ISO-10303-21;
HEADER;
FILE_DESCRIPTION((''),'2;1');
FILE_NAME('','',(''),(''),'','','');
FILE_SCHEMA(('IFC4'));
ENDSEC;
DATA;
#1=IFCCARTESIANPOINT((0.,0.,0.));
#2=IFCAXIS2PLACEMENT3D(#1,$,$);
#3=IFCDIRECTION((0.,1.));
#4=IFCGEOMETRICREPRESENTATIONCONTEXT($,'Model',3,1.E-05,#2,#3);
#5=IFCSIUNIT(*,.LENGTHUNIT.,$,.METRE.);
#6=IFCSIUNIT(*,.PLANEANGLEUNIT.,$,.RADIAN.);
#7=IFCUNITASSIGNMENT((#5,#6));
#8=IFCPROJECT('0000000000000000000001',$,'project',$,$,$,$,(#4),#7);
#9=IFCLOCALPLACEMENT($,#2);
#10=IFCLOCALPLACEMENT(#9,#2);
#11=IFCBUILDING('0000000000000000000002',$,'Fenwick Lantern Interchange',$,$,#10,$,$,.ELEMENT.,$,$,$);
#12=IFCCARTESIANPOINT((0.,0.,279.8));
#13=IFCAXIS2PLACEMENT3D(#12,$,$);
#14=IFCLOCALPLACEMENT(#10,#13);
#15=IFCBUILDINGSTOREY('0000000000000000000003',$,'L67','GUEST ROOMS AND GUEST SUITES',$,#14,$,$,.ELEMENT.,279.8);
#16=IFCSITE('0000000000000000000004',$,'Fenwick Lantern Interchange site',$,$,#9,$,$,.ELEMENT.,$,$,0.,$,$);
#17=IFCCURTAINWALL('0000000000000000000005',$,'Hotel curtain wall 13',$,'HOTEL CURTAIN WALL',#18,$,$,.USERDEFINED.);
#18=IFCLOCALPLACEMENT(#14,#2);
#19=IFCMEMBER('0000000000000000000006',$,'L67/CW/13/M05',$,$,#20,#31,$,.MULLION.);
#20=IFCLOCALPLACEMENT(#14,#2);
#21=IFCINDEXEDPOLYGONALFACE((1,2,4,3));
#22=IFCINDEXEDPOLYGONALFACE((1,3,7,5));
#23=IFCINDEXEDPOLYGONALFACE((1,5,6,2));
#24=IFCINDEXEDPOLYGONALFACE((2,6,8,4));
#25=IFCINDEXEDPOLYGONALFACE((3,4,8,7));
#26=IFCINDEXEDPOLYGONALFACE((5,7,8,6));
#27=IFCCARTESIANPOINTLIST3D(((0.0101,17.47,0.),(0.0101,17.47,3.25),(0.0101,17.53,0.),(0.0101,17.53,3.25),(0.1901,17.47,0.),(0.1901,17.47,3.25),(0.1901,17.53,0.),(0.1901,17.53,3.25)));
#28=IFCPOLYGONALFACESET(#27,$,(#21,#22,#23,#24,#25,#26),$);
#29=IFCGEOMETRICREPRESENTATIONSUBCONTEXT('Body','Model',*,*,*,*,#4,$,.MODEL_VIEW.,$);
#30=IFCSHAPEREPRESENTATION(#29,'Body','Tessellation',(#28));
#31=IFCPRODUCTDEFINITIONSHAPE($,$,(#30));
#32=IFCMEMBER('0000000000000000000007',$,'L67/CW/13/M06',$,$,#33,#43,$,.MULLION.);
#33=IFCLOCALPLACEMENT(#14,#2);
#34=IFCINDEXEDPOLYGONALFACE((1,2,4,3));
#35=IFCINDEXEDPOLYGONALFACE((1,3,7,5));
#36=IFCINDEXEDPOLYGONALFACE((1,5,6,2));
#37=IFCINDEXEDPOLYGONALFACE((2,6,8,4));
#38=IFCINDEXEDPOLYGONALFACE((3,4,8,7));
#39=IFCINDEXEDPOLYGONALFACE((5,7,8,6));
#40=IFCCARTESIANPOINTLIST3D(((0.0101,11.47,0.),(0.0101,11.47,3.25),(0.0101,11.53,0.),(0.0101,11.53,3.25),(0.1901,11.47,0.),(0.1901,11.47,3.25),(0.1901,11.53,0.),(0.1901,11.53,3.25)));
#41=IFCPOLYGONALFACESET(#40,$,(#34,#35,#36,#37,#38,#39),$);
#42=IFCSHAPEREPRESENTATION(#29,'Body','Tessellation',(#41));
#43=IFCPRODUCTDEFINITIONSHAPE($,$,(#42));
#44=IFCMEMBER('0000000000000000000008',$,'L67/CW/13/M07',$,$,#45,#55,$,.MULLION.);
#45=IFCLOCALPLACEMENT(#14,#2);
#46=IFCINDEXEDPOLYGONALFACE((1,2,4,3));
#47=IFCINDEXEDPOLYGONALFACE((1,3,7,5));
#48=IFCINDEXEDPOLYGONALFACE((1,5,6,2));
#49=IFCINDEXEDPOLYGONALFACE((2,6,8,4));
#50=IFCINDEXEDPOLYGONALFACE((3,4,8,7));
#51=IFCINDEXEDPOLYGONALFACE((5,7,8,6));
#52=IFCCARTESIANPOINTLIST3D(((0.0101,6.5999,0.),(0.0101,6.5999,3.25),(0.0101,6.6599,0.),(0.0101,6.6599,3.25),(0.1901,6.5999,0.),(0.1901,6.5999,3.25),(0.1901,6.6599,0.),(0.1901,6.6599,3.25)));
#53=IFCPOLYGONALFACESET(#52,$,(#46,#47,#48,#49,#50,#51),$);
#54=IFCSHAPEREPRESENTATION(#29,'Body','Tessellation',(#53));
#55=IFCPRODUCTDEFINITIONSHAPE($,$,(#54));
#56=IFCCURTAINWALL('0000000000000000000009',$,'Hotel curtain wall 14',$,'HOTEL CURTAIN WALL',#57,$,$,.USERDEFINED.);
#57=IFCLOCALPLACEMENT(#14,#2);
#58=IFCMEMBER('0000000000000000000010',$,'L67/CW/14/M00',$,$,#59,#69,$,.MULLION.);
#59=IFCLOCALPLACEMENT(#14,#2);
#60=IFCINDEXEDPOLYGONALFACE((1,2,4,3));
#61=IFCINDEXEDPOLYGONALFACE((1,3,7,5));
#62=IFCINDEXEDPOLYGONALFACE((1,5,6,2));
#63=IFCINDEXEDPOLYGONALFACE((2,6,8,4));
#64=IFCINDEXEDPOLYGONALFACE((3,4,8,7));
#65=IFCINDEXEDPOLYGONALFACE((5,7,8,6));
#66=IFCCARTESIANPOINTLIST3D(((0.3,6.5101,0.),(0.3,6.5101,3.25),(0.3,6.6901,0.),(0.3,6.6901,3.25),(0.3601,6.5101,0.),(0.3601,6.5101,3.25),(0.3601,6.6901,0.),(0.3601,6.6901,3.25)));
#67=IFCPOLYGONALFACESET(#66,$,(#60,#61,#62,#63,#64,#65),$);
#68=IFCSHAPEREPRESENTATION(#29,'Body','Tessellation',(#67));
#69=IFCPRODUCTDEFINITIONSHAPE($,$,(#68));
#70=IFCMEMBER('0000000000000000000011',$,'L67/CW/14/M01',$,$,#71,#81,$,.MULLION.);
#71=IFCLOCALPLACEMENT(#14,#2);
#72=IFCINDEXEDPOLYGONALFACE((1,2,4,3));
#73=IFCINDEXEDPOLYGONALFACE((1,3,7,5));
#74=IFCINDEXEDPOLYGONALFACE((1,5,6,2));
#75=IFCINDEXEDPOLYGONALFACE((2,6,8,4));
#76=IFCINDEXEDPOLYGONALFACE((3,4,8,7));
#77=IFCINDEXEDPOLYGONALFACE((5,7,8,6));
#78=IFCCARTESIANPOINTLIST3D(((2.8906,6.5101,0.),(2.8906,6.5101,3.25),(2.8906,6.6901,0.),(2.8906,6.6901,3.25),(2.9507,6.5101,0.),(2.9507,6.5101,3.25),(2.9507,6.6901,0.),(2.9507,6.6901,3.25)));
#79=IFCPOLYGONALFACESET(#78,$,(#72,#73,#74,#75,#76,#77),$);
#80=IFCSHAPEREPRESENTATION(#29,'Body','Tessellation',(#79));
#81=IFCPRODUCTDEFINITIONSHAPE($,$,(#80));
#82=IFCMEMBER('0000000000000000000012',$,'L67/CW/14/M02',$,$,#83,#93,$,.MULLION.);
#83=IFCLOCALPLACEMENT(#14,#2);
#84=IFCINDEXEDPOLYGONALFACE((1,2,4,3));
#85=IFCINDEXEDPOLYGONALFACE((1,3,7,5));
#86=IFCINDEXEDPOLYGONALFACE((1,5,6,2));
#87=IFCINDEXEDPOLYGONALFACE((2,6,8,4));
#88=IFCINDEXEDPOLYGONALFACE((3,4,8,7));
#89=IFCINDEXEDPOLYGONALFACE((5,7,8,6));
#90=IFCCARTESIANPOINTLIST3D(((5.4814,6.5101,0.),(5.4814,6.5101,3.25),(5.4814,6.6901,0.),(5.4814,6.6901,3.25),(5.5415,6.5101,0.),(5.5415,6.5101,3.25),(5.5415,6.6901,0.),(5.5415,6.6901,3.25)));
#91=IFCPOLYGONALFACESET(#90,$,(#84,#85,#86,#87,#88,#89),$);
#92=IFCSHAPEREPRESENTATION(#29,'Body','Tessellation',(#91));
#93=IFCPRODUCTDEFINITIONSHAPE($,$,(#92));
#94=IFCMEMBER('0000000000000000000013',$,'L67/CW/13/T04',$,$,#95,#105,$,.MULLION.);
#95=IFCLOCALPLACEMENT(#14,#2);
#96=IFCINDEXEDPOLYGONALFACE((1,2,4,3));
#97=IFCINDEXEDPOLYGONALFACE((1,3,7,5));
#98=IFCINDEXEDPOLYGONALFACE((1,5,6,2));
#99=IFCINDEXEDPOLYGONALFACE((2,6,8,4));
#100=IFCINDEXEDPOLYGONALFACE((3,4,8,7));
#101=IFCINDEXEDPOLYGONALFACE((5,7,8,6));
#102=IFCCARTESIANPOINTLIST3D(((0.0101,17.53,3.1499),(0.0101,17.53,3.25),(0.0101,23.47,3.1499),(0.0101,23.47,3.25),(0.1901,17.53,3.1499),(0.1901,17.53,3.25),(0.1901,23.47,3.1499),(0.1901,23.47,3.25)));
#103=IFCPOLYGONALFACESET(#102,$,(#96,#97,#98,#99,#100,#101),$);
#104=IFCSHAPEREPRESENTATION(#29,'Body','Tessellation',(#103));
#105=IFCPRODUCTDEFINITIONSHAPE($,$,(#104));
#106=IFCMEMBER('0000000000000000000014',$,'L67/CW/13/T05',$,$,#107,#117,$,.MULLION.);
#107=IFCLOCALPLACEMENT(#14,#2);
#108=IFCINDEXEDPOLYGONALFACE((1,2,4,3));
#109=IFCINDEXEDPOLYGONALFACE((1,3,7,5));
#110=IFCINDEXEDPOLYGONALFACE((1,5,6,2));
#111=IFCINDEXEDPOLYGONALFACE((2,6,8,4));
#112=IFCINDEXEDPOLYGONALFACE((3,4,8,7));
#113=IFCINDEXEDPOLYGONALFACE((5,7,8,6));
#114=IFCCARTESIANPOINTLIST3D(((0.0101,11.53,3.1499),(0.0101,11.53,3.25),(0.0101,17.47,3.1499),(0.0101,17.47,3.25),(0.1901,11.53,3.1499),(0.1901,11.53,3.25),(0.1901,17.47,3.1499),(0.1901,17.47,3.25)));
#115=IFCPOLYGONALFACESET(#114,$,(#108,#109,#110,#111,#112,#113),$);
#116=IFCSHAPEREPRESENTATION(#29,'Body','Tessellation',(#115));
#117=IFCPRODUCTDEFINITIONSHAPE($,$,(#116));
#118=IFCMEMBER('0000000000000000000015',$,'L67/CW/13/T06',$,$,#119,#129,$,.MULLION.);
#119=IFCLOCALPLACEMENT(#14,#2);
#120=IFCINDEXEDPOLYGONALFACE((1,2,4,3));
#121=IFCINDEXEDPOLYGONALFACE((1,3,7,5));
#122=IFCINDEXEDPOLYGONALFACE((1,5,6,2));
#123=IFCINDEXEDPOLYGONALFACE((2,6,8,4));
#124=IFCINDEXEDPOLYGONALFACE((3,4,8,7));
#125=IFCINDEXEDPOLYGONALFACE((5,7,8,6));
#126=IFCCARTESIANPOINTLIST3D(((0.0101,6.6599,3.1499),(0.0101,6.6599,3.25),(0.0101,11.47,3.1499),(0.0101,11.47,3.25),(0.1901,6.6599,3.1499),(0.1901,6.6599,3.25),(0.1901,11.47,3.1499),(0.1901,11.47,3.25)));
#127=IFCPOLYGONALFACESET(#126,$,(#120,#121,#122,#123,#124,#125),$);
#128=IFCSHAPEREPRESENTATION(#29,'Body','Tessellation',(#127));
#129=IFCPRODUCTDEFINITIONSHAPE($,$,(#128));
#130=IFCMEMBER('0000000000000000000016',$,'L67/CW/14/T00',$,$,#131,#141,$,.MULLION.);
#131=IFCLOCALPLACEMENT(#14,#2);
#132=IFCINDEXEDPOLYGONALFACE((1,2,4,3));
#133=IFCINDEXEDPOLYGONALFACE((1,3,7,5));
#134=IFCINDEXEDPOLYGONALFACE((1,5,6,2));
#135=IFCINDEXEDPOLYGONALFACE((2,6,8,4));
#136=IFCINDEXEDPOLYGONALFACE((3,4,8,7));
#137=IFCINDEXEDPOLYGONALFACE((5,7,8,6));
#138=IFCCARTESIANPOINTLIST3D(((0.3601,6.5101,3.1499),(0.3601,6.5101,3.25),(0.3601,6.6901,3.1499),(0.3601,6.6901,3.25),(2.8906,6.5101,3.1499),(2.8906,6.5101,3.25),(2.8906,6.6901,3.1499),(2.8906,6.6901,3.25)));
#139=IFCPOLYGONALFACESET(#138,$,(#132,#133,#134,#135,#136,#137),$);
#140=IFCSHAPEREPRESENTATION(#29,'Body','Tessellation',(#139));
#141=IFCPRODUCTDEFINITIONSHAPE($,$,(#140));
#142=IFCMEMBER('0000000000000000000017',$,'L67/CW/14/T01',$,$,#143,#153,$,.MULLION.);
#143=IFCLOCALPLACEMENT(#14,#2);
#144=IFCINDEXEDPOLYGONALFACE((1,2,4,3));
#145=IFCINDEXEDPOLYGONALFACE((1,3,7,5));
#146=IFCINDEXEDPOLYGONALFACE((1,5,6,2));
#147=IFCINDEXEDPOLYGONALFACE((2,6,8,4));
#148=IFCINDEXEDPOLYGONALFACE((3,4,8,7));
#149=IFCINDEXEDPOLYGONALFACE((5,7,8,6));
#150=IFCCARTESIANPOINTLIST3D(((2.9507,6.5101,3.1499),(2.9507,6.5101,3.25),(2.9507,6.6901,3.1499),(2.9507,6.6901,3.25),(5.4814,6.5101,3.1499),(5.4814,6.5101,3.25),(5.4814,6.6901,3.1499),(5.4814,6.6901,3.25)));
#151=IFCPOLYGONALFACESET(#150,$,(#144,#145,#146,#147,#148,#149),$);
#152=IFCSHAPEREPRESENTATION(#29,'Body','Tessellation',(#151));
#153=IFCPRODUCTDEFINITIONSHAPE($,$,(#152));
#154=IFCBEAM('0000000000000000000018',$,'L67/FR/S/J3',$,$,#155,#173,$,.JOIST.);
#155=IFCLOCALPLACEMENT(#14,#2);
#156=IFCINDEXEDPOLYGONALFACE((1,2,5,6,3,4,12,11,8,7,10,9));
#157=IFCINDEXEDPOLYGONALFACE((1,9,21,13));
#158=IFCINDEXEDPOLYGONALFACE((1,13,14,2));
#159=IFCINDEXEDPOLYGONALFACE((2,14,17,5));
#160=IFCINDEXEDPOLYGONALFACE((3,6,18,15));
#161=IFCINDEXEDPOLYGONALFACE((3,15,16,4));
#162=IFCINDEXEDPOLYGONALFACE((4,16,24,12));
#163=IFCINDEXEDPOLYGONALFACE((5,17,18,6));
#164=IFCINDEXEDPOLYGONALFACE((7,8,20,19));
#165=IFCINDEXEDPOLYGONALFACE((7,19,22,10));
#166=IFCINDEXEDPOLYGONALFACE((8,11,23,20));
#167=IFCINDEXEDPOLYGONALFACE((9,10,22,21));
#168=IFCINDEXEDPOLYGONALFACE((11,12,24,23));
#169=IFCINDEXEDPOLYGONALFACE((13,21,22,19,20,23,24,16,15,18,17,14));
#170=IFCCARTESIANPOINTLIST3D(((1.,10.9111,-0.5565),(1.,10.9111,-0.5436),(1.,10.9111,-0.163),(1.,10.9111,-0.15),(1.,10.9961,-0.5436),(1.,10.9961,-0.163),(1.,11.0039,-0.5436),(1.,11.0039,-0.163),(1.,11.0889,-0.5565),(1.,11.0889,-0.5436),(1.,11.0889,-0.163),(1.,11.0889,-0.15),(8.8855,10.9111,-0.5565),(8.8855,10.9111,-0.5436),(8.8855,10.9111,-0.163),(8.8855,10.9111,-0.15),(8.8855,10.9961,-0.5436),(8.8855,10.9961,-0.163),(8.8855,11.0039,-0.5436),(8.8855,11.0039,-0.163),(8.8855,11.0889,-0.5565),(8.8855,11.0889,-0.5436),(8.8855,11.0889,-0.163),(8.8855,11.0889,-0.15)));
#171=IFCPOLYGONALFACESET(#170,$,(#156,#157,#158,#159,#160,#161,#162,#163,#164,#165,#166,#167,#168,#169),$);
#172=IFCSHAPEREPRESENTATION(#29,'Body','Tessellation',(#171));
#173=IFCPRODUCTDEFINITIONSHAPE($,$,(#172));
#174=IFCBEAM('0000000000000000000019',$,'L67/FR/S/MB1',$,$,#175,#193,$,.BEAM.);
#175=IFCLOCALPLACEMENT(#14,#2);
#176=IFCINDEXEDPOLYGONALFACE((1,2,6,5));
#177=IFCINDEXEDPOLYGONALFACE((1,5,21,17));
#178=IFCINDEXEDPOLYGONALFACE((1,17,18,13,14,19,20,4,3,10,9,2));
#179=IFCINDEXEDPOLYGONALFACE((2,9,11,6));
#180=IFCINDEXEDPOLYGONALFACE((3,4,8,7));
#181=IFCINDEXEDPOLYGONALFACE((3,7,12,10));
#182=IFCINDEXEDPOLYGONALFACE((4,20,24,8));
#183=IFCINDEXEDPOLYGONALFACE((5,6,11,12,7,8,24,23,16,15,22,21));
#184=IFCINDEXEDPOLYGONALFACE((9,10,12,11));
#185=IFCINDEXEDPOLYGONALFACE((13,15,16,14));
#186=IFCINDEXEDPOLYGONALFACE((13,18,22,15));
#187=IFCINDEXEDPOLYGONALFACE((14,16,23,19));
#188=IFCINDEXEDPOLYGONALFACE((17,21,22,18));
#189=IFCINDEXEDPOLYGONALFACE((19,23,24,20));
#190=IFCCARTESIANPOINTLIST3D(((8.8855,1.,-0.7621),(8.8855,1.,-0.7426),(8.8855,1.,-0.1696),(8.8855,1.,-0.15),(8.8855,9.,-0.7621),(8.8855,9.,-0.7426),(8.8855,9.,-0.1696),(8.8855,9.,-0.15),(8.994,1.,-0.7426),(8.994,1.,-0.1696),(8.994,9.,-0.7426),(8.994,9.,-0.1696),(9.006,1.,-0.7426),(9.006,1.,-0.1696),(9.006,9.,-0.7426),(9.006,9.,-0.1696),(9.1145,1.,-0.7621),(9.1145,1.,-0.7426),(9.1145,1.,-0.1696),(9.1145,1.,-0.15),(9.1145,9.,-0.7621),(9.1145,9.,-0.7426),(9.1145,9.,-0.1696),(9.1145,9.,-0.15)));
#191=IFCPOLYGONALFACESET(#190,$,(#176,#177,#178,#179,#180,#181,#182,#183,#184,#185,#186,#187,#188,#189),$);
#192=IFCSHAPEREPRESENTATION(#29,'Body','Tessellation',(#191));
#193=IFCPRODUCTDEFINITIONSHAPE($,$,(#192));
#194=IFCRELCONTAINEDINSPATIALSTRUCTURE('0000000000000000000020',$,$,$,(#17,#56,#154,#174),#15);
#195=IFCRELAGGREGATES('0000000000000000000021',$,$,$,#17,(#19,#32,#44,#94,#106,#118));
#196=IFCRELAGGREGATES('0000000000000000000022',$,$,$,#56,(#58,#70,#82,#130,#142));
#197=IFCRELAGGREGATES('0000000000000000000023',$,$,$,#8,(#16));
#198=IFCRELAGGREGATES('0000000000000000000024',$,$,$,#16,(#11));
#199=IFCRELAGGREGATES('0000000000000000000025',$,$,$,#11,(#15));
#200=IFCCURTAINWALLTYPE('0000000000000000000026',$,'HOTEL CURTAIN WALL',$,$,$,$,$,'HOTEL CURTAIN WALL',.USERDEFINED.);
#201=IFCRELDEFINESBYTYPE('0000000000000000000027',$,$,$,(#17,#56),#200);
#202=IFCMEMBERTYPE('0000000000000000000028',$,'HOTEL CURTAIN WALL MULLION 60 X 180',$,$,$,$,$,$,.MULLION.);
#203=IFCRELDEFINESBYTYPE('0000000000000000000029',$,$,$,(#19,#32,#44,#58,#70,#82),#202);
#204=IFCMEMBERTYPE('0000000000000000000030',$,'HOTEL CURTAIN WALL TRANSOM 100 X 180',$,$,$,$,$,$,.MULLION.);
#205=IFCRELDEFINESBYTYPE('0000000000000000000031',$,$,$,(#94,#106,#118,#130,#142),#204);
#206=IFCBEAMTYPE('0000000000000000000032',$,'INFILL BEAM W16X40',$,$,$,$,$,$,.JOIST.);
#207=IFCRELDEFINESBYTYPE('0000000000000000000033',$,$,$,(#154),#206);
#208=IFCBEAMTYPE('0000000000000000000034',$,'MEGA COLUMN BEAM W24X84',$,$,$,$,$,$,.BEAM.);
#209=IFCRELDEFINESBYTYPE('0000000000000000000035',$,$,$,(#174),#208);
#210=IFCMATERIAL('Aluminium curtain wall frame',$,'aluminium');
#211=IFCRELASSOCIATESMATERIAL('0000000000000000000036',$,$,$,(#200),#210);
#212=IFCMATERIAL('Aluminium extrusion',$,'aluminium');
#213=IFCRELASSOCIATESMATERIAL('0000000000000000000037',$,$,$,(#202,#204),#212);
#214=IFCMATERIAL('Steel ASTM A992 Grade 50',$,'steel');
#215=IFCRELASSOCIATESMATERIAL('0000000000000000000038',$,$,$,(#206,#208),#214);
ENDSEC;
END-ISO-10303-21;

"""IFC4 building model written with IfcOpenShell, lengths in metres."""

from ifc_helpers import new_model, si_unit, direction, frame, origin, origin_2d, place, context, subcontext, project, spatial, rectangle, i_section, extrude, material, material_profile, profile_set, type_object, element, aggregate, save


model = new_model("IFC4")

# Units and contexts
model_context = context("Model", 3, precision=1e-05, world=origin(), true_north=direction((0.0, 1.0)))
body_context = subcontext(model_context, "Body", "Model", "MODEL_VIEW")
ifc_project = project(units=[si_unit("LENGTHUNIT", "METRE"), si_unit("PLANEANGLEUNIT", "RADIAN")], contexts=[model_context])

# Site, building, storey
site_placement = place(None, origin())
site = spatial("IfcSite", under=ifc_project, at=site_placement, Name="Fenwick Lantern Interchange site", CompositionType="ELEMENT", RefElevation=0.0)
building_placement = place(site_placement, origin())
building = spatial("IfcBuilding", under=site, at=building_placement, Name="Fenwick Lantern Interchange", CompositionType="ELEMENT")
storey_placement = place(building_placement, frame((0.0, 0.0, 279.8)))
storey = spatial("IfcBuildingStorey", under=building, at=storey_placement, Name="L67", Description="GUEST ROOMS AND GUEST SUITES", CompositionType="ELEMENT", Elevation=279.8)

# Shared definitions
ifc_material_1 = material(Name="Steel ASTM A992 Grade 50", Category="steel")

# Curtain walls, members
ifc_material_2 = material(Name="Aluminium curtain wall frame", Category="aluminium")
curtain_wall_type = type_object("IfcCurtainWallType", Name="HOTEL CURTAIN WALL", ElementType="HOTEL CURTAIN WALL", PredefinedType="USERDEFINED", material=ifc_material_2)
curtain_wall_1_placement = place(storey_placement, origin())
curtain_wall_1 = element("IfcCurtainWall", 1, at=curtain_wall_1_placement, inside=storey, type_object=curtain_wall_type, Name="Hotel curtain wall 13", ObjectType="HOTEL CURTAIN WALL", PredefinedType="USERDEFINED")
ifc_material_3 = material(Name="Aluminium extrusion", Category="aluminium")
ifc_material_profile_1 = material_profile(ifc_material_3, rectangle(XDim=0.1799, YDim=0.0601, at=origin_2d()), Name="HOTEL CURTAIN WALL MULLION 60 X 180")
ifc_profile_set_1 = profile_set([ifc_material_profile_1], Name="Aluminium extrusion")
member_type_1 = type_object("IfcMemberType", Name="HOTEL CURTAIN WALL MULLION 60 X 180", PredefinedType="MULLION", material=ifc_profile_set_1)
member_1_placement = place(storey_placement, frame((0.1001, 17.5, 0.0), z_axis=(0.0, 0.0, 1.0), x_axis=(1.0, 0.0, 0.0)))
member_1 = element("IfcMember", 2, at=member_1_placement, type_object=member_type_1, Name="L67/CW/13/M05", PredefinedType="MULLION", context=body_context, shape_type="SweptSolid", body=[
    extrude(rectangle(XDim=0.1799, YDim=0.0601, at=origin_2d()), origin(), (0.0, 0.0, 1.0), 3.25),
])
member_2_placement = place(storey_placement, frame((0.1001, 11.5, 0.0), z_axis=(0.0, 0.0, 1.0), x_axis=(1.0, 0.0, 0.0)))
member_2 = element("IfcMember", 3, at=member_2_placement, type_object=member_type_1, Name="L67/CW/13/M06", PredefinedType="MULLION", context=body_context, shape_type="SweptSolid", body=[
    extrude(rectangle(XDim=0.1799, YDim=0.0601, at=origin_2d()), origin(), (0.0, 0.0, 1.0), 3.25),
])
member_3_placement = place(storey_placement, frame((0.1001, 6.6299, 0.0), z_axis=(0.0, 0.0, 1.0), x_axis=(1.0, 0.0, 0.0)))
member_3 = element("IfcMember", 4, at=member_3_placement, type_object=member_type_1, Name="L67/CW/13/M07", PredefinedType="MULLION", context=body_context, shape_type="SweptSolid", body=[
    extrude(rectangle(XDim=0.1799, YDim=0.0601, at=origin_2d()), origin(), (0.0, 0.0, 1.0), 3.25),
])
curtain_wall_2_placement = place(storey_placement, origin())
curtain_wall_2 = element("IfcCurtainWall", 5, at=curtain_wall_2_placement, inside=storey, type_object=curtain_wall_type, Name="Hotel curtain wall 14", ObjectType="HOTEL CURTAIN WALL", PredefinedType="USERDEFINED")
member_4_placement = place(storey_placement, frame((0.3301, 6.6001, 0.0), z_axis=(0.0, 0.0, 1.0), x_axis=(0.0, 1.0, 0.0)))
member_4 = element("IfcMember", 6, at=member_4_placement, type_object=member_type_1, Name="L67/CW/14/M00", PredefinedType="MULLION", context=body_context, shape_type="SweptSolid", body=[
    extrude(rectangle(XDim=0.1799, YDim=0.0601, at=origin_2d()), origin(), (0.0, 0.0, 1.0), 3.25),
])
member_5_placement = place(storey_placement, frame((2.9207, 6.6001, 0.0), z_axis=(0.0, 0.0, 1.0), x_axis=(0.0, 1.0, 0.0)))
member_5 = element("IfcMember", 7, at=member_5_placement, type_object=member_type_1, Name="L67/CW/14/M01", PredefinedType="MULLION", context=body_context, shape_type="SweptSolid", body=[
    extrude(rectangle(XDim=0.1799, YDim=0.0601, at=origin_2d()), origin(), (0.0, 0.0, 1.0), 3.25),
])
member_6_placement = place(storey_placement, frame((5.5115, 6.6001, 0.0), z_axis=(0.0, 0.0, 1.0), x_axis=(0.0, 1.0, 0.0)))
member_6 = element("IfcMember", 8, at=member_6_placement, type_object=member_type_1, Name="L67/CW/14/M02", PredefinedType="MULLION", context=body_context, shape_type="SweptSolid", body=[
    extrude(rectangle(XDim=0.1799, YDim=0.0601, at=origin_2d()), origin(), (0.0, 0.0, 1.0), 3.25),
])

# Members
ifc_material_profile_2 = material_profile(ifc_material_3, rectangle(XDim=0.1799, YDim=0.1001, at=origin_2d()), Name="HOTEL CURTAIN WALL TRANSOM 100 X 180")
ifc_profile_set_2 = profile_set([ifc_material_profile_2], Name="Aluminium extrusion")
member_type_2 = type_object("IfcMemberType", Name="HOTEL CURTAIN WALL TRANSOM 100 X 180", PredefinedType="MULLION", material=ifc_profile_set_2)
member_7_placement = place(storey_placement, frame((0.1001, 23.47, 3.2), z_axis=(0.0, -1.0, 0.0), x_axis=(1.0, 0.0, 0.0)))
member_7 = element("IfcMember", 9, at=member_7_placement, type_object=member_type_2, Name="L67/CW/13/T04", PredefinedType="MULLION", context=body_context, shape_type="SweptSolid", body=[
    extrude(rectangle(XDim=0.1799, YDim=0.1001, at=origin_2d()), origin(), (0.0, 0.0, 1.0), 5.9399),
])
member_8_placement = place(storey_placement, frame((0.1001, 17.47, 3.2), z_axis=(0.0, -1.0, 0.0), x_axis=(1.0, 0.0, 0.0)))
member_8 = element("IfcMember", 10, at=member_8_placement, type_object=member_type_2, Name="L67/CW/13/T05", PredefinedType="MULLION", context=body_context, shape_type="SweptSolid", body=[
    extrude(rectangle(XDim=0.1799, YDim=0.1001, at=origin_2d()), origin(), (0.0, 0.0, 1.0), 5.9399),
])
member_9_placement = place(storey_placement, frame((0.1001, 11.47, 3.2), z_axis=(0.0, -1.0, 0.0), x_axis=(1.0, 0.0, 0.0)))
member_9 = element("IfcMember", 11, at=member_9_placement, type_object=member_type_2, Name="L67/CW/13/T06", PredefinedType="MULLION", context=body_context, shape_type="SweptSolid", body=[
    extrude(rectangle(XDim=0.1799, YDim=0.1001, at=origin_2d()), origin(), (0.0, 0.0, 1.0), 4.8101),
])
member_10_placement = place(storey_placement, frame((0.3601, 6.6001, 3.2), z_axis=(1.0, 0.0, 0.0), x_axis=(0.0, 1.0, 0.0)))
member_10 = element("IfcMember", 12, at=member_10_placement, type_object=member_type_2, Name="L67/CW/14/T00", PredefinedType="MULLION", context=body_context, shape_type="SweptSolid", body=[
    extrude(rectangle(XDim=0.1799, YDim=0.1001, at=origin_2d()), origin(), (0.0, 0.0, 1.0), 2.5305),
])
member_11_placement = place(storey_placement, frame((2.9507, 6.6001, 3.2), z_axis=(1.0, 0.0, 0.0), x_axis=(0.0, 1.0, 0.0)))
member_11 = element("IfcMember", 13, at=member_11_placement, type_object=member_type_2, Name="L67/CW/14/T01", PredefinedType="MULLION", context=body_context, shape_type="SweptSolid", body=[
    extrude(rectangle(XDim=0.1799, YDim=0.1001, at=origin_2d()), origin(), (0.0, 0.0, 1.0), 2.5308),
])

# Beams
ifc_material_profile_3 = material_profile(ifc_material_1, i_section(OverallWidth=0.1777, OverallDepth=0.4065, WebThickness=0.0078, FlangeThickness=0.0129, at=origin_2d()), Name="W16X40")
ifc_profile_set_3 = profile_set([ifc_material_profile_3], Name="Steel ASTM A992 Grade 50")
beam_type_1 = type_object("IfcBeamType", Name="INFILL BEAM W16X40", PredefinedType="JOIST", material=ifc_profile_set_3)
beam_1_placement = place(storey_placement, frame((1.0, 11.0, -0.3533), z_axis=(1.0, 0.0, 0.0), x_axis=(0.0, 1.0, 0.0)))
element("IfcBeam", 14, at=beam_1_placement, inside=storey, type_object=beam_type_1, Name="L67/FR/S/J3", PredefinedType="JOIST", context=body_context, shape_type="SweptSolid", body=[
    extrude(i_section(OverallWidth=0.1777, OverallDepth=0.4065, WebThickness=0.0078, FlangeThickness=0.0129, at=origin_2d()), origin(), (0.0, 0.0, 1.0), 7.8855),
])
ifc_material_profile_4 = material_profile(ifc_material_1, i_section(OverallWidth=0.229, OverallDepth=0.6121, WebThickness=0.012, FlangeThickness=0.0195, at=origin_2d()), Name="W24X84")
ifc_profile_set_4 = profile_set([ifc_material_profile_4], Name="Steel ASTM A992 Grade 50")
beam_type_2 = type_object("IfcBeamType", Name="MEGA COLUMN BEAM W24X84", PredefinedType="BEAM", material=ifc_profile_set_4)
for number, where, z_axis, x_axis, name in (
    (15, (9.0, 9.0, -0.4561), (0.0, -1.0, 0.0), (1.0, 0.0, 0.0), "L67/FR/S/MB1"),
):
    element("IfcBeam", number, at=place(storey_placement, frame(where, z_axis=z_axis, x_axis=x_axis)), inside=storey, type_object=beam_type_2, Name=name, PredefinedType="BEAM", context=body_context, shape_type="SweptSolid", body=[
        extrude(i_section(OverallWidth=0.229, OverallDepth=0.6121, WebThickness=0.012, FlangeThickness=0.0195, at=origin_2d()), origin(), (0.0, 0.0, 1.0), 8.0),
    ])

aggregate(curtain_wall_1, [member_1, member_2, member_3, member_7, member_8, member_9])
aggregate(curtain_wall_2, [member_4, member_5, member_6, member_10, member_11])

save(model, "model.ifc")
